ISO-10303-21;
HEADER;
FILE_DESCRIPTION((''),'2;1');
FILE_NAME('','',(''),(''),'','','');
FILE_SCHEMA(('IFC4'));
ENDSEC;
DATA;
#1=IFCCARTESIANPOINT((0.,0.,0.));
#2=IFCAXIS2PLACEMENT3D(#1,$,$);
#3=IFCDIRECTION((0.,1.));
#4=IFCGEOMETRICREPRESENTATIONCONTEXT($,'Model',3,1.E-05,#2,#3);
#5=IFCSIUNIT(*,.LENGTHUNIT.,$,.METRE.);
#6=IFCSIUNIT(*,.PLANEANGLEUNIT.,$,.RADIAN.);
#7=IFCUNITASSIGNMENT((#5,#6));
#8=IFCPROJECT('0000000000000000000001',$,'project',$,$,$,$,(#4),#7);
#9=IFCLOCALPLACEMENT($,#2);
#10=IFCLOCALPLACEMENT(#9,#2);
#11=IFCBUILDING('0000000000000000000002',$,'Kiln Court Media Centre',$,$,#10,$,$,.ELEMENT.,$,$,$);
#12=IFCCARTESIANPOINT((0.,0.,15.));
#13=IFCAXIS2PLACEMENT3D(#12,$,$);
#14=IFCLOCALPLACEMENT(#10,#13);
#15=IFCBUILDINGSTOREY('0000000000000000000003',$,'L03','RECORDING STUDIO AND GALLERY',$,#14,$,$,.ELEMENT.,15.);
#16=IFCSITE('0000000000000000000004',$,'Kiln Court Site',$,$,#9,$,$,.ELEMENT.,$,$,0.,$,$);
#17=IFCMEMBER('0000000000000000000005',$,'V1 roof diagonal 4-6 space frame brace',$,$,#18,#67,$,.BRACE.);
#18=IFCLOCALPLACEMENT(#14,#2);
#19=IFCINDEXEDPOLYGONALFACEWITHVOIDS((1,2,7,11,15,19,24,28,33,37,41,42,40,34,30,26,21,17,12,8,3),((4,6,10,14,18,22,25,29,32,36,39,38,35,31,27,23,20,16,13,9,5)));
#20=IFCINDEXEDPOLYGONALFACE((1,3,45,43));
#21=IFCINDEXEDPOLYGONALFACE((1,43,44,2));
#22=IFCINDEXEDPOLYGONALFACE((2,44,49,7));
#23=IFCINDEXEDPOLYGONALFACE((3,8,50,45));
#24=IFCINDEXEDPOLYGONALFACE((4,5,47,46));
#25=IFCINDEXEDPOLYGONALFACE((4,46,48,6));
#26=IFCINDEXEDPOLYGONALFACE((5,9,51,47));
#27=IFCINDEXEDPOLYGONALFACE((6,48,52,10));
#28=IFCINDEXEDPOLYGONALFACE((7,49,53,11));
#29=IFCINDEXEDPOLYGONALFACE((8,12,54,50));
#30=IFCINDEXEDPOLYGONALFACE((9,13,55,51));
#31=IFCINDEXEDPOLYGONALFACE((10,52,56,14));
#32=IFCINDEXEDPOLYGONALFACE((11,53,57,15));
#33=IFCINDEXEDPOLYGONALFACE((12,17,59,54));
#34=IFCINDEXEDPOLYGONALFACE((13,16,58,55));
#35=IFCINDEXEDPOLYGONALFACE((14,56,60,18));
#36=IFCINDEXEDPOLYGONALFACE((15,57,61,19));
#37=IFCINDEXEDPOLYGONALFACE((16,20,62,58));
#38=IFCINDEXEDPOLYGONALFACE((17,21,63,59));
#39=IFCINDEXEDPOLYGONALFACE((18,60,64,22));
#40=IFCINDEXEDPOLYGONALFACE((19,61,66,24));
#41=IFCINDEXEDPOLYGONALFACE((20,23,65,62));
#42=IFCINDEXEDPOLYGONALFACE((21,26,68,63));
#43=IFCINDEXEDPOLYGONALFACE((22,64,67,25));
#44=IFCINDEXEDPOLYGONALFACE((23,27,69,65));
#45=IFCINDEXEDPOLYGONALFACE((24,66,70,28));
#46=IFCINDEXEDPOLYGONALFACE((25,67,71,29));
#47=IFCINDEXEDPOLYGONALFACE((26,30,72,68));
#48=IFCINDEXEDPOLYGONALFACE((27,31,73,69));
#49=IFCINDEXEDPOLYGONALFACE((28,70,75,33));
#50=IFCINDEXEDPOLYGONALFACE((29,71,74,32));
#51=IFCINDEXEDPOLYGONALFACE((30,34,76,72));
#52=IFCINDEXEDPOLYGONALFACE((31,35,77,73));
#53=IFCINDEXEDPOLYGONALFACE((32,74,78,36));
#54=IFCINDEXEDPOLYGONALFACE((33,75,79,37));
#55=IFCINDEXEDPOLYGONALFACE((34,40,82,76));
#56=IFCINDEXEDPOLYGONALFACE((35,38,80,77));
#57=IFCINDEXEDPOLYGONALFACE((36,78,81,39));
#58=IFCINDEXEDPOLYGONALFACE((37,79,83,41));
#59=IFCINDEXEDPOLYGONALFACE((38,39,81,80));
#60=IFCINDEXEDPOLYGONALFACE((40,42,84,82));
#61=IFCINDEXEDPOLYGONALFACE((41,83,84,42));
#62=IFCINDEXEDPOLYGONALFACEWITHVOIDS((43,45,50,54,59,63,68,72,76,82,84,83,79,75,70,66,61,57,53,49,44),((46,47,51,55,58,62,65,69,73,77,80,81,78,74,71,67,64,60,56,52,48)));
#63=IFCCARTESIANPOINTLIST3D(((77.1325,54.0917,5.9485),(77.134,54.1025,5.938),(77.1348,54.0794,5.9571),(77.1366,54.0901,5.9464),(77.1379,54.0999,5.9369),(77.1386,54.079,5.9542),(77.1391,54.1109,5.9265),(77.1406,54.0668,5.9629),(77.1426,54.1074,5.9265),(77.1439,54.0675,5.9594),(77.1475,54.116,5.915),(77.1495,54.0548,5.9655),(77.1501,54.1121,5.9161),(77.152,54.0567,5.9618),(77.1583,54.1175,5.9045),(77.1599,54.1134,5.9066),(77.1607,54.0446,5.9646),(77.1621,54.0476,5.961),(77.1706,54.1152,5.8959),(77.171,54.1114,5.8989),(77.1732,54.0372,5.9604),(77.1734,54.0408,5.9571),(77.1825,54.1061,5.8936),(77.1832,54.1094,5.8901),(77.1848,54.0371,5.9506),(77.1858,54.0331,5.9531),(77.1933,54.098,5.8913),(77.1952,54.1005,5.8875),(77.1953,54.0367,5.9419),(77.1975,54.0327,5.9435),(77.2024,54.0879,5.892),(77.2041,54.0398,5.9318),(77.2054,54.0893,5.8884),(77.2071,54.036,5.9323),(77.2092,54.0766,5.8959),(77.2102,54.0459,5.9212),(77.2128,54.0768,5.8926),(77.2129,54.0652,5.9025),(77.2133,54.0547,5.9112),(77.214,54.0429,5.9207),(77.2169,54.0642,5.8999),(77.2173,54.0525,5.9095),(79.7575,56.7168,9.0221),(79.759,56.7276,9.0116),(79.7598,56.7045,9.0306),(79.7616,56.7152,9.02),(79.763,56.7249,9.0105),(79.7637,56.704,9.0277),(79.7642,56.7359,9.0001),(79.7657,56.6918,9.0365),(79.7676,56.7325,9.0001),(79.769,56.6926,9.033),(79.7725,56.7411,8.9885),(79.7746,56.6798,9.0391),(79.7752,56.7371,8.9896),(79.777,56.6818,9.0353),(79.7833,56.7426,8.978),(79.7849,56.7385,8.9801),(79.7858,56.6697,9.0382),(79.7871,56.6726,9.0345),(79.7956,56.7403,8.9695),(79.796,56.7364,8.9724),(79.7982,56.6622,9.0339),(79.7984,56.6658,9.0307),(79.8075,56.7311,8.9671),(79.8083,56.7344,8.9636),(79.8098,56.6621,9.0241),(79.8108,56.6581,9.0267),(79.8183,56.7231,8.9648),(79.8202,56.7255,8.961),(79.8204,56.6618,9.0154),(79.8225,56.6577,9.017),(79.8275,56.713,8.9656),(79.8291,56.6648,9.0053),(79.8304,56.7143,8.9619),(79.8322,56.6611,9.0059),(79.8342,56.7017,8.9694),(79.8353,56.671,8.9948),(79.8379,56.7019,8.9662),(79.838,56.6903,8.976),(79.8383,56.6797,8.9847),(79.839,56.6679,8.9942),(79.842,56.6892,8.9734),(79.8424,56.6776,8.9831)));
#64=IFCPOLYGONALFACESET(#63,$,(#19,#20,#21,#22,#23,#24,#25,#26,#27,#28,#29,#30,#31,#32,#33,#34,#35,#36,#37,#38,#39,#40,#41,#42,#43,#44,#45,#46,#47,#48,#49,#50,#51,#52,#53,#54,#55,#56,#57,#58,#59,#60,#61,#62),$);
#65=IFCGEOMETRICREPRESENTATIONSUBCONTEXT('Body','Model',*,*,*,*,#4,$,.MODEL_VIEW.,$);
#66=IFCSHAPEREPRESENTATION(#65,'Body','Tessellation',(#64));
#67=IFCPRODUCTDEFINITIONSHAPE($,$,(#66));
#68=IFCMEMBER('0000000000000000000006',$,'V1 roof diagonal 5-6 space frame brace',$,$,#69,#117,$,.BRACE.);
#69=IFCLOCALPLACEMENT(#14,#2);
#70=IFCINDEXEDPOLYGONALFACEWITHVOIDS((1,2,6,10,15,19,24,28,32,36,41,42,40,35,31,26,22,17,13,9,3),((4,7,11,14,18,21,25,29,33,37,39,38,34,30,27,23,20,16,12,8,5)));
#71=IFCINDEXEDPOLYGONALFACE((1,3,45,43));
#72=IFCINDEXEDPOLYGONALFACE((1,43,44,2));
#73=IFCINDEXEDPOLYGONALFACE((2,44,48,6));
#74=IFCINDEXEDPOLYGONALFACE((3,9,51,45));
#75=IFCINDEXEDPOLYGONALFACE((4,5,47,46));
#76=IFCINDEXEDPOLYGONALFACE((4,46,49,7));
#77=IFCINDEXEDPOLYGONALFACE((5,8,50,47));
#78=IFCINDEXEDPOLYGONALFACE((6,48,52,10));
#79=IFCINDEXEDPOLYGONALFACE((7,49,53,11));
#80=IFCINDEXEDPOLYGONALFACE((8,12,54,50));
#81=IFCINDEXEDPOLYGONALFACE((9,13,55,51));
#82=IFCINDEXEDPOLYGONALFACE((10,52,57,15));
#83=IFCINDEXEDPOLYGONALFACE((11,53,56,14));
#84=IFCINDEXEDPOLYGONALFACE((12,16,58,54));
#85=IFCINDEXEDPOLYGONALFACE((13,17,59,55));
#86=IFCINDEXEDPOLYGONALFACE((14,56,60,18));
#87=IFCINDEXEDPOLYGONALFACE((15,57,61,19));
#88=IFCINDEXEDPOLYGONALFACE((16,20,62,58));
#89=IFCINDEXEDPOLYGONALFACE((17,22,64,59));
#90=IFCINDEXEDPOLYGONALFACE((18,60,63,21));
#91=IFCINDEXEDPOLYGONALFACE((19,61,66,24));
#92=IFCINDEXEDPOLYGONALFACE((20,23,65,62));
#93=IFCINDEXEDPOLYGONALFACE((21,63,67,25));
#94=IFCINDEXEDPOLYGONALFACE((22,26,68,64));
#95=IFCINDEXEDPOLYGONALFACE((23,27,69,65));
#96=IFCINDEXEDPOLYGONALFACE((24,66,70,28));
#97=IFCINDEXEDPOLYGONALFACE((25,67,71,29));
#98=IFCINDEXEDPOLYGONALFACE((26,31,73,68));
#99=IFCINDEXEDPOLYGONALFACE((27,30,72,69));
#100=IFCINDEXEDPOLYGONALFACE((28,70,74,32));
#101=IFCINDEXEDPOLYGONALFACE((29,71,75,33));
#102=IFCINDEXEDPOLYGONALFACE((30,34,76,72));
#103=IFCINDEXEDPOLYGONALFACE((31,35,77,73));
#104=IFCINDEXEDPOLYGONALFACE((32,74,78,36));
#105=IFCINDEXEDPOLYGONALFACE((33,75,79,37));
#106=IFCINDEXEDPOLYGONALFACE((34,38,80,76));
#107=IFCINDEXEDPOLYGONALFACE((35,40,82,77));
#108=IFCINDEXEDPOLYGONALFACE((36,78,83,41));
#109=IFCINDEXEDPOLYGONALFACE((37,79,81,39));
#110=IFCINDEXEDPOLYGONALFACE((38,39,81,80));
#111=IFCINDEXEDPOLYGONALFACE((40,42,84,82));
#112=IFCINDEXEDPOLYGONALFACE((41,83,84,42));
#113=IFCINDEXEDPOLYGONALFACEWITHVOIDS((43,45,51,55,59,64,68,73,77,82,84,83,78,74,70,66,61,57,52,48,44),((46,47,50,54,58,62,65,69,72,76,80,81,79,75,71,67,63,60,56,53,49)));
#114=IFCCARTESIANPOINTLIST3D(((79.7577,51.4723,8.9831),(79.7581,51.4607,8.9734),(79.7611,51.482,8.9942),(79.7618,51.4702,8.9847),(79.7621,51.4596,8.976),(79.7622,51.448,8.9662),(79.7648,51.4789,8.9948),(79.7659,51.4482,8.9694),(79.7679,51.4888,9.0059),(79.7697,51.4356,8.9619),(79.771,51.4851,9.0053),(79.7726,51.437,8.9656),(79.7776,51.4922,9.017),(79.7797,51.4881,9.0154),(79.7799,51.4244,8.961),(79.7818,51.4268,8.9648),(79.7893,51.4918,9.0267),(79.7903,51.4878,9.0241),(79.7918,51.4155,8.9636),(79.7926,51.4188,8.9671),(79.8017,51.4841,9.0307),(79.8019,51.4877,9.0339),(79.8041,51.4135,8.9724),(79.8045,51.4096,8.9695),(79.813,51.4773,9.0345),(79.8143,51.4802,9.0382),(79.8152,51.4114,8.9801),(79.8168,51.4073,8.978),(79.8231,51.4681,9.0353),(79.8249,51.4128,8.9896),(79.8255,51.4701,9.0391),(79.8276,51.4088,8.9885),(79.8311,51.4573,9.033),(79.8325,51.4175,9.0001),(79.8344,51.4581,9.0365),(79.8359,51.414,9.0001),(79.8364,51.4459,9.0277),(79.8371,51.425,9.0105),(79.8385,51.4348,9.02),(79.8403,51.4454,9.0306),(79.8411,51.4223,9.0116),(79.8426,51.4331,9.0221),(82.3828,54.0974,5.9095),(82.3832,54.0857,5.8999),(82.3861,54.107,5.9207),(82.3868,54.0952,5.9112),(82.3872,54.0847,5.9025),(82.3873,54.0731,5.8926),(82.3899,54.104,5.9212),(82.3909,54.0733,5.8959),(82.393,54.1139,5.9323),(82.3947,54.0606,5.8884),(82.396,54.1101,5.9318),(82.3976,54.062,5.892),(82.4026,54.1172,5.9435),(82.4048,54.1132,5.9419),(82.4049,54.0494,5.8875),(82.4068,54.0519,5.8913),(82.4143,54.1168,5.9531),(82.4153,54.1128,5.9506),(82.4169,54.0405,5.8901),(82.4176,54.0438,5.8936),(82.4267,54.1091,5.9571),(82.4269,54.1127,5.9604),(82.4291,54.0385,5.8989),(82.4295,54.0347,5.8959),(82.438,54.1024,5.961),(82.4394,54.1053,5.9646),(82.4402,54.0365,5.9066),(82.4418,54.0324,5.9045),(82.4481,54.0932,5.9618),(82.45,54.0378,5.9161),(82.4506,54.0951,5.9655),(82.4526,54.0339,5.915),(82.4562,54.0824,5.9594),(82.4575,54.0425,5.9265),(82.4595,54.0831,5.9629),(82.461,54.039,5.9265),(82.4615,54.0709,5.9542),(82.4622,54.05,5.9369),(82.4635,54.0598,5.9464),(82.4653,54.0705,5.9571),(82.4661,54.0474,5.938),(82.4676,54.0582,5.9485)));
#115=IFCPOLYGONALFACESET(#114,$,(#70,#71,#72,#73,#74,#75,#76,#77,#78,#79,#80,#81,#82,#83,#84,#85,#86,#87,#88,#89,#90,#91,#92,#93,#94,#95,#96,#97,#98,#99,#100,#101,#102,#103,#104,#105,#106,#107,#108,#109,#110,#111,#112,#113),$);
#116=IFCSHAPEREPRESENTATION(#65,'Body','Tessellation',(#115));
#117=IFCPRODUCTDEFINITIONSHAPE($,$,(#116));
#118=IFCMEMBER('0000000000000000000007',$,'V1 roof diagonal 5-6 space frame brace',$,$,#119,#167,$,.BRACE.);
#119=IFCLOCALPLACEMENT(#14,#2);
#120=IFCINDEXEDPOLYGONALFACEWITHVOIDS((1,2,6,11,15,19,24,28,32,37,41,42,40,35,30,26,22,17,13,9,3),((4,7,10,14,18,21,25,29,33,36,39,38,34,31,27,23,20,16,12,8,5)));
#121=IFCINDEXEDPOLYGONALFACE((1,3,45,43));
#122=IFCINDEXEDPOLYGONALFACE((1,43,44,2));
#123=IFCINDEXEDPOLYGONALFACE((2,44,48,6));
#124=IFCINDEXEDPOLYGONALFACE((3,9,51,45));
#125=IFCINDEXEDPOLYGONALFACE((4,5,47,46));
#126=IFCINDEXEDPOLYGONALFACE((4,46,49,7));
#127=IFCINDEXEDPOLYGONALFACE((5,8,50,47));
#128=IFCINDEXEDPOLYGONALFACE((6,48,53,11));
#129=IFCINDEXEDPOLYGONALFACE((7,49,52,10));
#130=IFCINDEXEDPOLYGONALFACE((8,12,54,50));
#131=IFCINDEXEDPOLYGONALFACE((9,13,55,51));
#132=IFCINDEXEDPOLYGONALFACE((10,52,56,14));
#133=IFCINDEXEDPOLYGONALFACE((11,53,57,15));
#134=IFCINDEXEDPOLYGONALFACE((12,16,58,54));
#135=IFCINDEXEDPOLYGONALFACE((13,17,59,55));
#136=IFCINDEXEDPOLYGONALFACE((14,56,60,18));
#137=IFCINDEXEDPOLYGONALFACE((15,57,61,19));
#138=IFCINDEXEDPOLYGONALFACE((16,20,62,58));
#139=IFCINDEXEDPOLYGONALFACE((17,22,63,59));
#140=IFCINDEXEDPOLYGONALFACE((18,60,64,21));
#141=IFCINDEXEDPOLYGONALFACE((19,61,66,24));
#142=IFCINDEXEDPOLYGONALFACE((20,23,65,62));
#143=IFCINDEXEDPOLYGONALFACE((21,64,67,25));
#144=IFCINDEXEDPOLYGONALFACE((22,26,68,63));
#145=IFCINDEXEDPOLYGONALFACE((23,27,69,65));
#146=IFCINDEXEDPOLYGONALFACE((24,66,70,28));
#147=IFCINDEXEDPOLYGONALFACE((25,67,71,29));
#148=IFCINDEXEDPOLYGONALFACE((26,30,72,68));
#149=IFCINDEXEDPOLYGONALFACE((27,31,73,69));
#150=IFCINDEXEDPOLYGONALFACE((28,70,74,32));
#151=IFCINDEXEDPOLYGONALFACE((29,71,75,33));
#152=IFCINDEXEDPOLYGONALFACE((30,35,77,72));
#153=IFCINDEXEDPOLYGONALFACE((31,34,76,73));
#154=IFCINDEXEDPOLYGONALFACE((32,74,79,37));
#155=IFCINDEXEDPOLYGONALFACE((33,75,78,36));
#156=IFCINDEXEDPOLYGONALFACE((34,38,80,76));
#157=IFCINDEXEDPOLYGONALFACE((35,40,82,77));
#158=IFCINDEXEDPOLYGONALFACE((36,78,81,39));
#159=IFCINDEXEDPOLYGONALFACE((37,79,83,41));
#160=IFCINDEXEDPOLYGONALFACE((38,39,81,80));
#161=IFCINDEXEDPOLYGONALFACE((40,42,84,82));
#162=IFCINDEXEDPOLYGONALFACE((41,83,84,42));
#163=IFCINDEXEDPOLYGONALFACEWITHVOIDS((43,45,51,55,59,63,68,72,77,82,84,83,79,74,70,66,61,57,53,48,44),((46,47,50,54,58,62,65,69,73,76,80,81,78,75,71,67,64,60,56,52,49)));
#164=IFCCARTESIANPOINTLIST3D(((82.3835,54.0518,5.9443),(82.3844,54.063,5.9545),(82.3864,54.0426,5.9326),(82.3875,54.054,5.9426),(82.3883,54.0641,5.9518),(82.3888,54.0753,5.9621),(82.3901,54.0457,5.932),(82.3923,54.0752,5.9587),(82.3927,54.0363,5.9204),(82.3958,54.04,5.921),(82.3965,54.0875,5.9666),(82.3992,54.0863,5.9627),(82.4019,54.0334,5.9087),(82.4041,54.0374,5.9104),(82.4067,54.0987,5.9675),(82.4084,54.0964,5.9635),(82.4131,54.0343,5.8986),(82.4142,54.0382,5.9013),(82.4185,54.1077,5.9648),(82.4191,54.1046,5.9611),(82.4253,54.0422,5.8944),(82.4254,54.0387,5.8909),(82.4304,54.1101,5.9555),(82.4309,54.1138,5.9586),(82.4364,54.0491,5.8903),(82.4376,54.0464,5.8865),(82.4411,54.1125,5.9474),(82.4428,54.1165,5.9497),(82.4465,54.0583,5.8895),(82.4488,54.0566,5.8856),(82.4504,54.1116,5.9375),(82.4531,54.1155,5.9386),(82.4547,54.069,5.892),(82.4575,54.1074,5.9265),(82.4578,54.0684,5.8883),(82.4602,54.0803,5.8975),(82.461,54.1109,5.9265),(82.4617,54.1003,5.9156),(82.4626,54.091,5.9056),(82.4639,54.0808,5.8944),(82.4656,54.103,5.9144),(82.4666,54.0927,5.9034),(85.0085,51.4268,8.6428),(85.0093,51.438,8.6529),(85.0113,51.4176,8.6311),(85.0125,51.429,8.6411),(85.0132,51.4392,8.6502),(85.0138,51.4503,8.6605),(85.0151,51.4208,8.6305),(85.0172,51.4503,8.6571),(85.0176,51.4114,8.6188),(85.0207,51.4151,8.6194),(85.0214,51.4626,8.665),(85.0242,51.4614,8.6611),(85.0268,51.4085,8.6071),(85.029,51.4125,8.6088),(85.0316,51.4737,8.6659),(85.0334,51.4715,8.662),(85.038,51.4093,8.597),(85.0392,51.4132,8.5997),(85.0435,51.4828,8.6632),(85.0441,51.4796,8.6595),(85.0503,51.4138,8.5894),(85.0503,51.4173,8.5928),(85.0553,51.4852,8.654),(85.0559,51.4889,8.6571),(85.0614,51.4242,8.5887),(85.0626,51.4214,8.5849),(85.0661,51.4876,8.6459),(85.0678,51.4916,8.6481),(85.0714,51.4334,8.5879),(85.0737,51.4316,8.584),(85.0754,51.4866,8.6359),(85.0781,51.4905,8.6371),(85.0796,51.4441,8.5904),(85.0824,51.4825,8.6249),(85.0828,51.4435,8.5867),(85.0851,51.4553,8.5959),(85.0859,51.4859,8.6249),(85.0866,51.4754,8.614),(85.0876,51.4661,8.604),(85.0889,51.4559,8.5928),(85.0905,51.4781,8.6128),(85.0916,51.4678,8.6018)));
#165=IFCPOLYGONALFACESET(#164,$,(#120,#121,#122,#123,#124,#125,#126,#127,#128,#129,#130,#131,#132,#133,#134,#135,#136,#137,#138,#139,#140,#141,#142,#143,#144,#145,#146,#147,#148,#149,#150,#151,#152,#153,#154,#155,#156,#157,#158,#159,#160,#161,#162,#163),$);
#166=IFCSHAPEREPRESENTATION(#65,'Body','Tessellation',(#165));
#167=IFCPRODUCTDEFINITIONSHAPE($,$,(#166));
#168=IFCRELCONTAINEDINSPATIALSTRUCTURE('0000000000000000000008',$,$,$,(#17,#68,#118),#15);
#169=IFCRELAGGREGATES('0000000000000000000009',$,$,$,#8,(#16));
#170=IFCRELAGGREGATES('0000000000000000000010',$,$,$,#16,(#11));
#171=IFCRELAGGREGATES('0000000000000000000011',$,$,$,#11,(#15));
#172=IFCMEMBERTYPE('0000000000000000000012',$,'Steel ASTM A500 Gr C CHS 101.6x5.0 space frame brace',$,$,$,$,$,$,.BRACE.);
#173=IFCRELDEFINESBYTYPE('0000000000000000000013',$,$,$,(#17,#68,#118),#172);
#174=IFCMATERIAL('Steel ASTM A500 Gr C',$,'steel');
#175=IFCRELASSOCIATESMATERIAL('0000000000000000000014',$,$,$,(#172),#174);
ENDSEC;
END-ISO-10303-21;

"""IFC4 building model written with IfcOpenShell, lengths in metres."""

from ifc_helpers import new_model, si_unit, direction, frame, origin, origin_2d, place, context, subcontext, project, spatial, hollow_circle, extrude, material, material_profile, profile_set, type_object, element, save


model = new_model("IFC4")

# Units and contexts
model_context = context("Model", 3, precision=1e-05, world=origin(), true_north=direction((0.0, 1.0)))
body_context = subcontext(model_context, "Body", "Model", "MODEL_VIEW")
ifc_project = project(units=[si_unit("LENGTHUNIT", "METRE"), si_unit("PLANEANGLEUNIT", "RADIAN")], contexts=[model_context])

# Site, building, storey
site_placement = place(None, origin())
site = spatial("IfcSite", under=ifc_project, at=site_placement, Name="Kiln Court Site", CompositionType="ELEMENT", RefElevation=0.0)
building_placement = place(site_placement, origin())
building = spatial("IfcBuilding", under=site, at=building_placement, Name="Kiln Court Media Centre", CompositionType="ELEMENT")
storey_placement = place(building_placement, frame((0.0, 0.0, 15.0)))
storey = spatial("IfcBuildingStorey", under=building, at=storey_placement, Name="L03", Description="RECORDING STUDIO AND GALLERY", CompositionType="ELEMENT", Elevation=15.0)

# Members
ifc_material_1 = material(Name="Steel ASTM A500 Gr C", Category="steel")
ifc_material_profile_1 = material_profile(ifc_material_1, hollow_circle(Radius=0.0508, WallThickness=0.0049, at=origin_2d()), Name="CHS 101.6x5.0")
ifc_profile_set_1 = profile_set([ifc_material_profile_1], Name="Steel ASTM A500 Gr C")
member_type_1 = type_object("IfcMemberType", Name="Steel ASTM A500 Gr C CHS 101.6x5.0 space frame brace", PredefinedType="BRACE", material=ifc_profile_set_1)
for number, where, z_axis, x_axis, name in (
    (1, (77.175, 54.075, 5.9265), (0.544662, 0.544662, 0.637719), (-0.707107, 0.707107, 0.0), "V1 roof diagonal 4-6 space frame brace"),
    (2, (82.425, 54.075, 5.9265), (-0.544662, -0.544662, 0.637719), (0.707107, -0.707107, 0.0), "V1 roof diagonal 5-6 space frame brace"),
):
    element("IfcMember", number, at=place(storey_placement, frame(where, z_axis=z_axis, x_axis=x_axis)), inside=storey, type_object=member_type_1, Name=name, PredefinedType="BRACE", context=body_context, shape_type="SweptSolid", body=[
        extrude(hollow_circle(Radius=0.0508, WallThickness=0.0049, at=origin_2d()), origin(), (0.0, 0.0, 1.0), 4.8196),
    ])
member_1_placement = place(storey_placement, frame((82.425, 54.075, 5.9265), z_axis=(0.571964, -0.571964, 0.587976), x_axis=(0.707107, 0.707107, 0.0)))
element("IfcMember", 3, at=member_1_placement, inside=storey, type_object=member_type_1, Name="V1 roof diagonal 5-6 space frame brace", PredefinedType="BRACE", context=body_context, shape_type="SweptSolid", body=[
    extrude(hollow_circle(Radius=0.0508, WallThickness=0.0049, at=origin_2d()), origin(), (0.0, 0.0, 1.0), 4.5894),
])

save(model, "model.ifc")
